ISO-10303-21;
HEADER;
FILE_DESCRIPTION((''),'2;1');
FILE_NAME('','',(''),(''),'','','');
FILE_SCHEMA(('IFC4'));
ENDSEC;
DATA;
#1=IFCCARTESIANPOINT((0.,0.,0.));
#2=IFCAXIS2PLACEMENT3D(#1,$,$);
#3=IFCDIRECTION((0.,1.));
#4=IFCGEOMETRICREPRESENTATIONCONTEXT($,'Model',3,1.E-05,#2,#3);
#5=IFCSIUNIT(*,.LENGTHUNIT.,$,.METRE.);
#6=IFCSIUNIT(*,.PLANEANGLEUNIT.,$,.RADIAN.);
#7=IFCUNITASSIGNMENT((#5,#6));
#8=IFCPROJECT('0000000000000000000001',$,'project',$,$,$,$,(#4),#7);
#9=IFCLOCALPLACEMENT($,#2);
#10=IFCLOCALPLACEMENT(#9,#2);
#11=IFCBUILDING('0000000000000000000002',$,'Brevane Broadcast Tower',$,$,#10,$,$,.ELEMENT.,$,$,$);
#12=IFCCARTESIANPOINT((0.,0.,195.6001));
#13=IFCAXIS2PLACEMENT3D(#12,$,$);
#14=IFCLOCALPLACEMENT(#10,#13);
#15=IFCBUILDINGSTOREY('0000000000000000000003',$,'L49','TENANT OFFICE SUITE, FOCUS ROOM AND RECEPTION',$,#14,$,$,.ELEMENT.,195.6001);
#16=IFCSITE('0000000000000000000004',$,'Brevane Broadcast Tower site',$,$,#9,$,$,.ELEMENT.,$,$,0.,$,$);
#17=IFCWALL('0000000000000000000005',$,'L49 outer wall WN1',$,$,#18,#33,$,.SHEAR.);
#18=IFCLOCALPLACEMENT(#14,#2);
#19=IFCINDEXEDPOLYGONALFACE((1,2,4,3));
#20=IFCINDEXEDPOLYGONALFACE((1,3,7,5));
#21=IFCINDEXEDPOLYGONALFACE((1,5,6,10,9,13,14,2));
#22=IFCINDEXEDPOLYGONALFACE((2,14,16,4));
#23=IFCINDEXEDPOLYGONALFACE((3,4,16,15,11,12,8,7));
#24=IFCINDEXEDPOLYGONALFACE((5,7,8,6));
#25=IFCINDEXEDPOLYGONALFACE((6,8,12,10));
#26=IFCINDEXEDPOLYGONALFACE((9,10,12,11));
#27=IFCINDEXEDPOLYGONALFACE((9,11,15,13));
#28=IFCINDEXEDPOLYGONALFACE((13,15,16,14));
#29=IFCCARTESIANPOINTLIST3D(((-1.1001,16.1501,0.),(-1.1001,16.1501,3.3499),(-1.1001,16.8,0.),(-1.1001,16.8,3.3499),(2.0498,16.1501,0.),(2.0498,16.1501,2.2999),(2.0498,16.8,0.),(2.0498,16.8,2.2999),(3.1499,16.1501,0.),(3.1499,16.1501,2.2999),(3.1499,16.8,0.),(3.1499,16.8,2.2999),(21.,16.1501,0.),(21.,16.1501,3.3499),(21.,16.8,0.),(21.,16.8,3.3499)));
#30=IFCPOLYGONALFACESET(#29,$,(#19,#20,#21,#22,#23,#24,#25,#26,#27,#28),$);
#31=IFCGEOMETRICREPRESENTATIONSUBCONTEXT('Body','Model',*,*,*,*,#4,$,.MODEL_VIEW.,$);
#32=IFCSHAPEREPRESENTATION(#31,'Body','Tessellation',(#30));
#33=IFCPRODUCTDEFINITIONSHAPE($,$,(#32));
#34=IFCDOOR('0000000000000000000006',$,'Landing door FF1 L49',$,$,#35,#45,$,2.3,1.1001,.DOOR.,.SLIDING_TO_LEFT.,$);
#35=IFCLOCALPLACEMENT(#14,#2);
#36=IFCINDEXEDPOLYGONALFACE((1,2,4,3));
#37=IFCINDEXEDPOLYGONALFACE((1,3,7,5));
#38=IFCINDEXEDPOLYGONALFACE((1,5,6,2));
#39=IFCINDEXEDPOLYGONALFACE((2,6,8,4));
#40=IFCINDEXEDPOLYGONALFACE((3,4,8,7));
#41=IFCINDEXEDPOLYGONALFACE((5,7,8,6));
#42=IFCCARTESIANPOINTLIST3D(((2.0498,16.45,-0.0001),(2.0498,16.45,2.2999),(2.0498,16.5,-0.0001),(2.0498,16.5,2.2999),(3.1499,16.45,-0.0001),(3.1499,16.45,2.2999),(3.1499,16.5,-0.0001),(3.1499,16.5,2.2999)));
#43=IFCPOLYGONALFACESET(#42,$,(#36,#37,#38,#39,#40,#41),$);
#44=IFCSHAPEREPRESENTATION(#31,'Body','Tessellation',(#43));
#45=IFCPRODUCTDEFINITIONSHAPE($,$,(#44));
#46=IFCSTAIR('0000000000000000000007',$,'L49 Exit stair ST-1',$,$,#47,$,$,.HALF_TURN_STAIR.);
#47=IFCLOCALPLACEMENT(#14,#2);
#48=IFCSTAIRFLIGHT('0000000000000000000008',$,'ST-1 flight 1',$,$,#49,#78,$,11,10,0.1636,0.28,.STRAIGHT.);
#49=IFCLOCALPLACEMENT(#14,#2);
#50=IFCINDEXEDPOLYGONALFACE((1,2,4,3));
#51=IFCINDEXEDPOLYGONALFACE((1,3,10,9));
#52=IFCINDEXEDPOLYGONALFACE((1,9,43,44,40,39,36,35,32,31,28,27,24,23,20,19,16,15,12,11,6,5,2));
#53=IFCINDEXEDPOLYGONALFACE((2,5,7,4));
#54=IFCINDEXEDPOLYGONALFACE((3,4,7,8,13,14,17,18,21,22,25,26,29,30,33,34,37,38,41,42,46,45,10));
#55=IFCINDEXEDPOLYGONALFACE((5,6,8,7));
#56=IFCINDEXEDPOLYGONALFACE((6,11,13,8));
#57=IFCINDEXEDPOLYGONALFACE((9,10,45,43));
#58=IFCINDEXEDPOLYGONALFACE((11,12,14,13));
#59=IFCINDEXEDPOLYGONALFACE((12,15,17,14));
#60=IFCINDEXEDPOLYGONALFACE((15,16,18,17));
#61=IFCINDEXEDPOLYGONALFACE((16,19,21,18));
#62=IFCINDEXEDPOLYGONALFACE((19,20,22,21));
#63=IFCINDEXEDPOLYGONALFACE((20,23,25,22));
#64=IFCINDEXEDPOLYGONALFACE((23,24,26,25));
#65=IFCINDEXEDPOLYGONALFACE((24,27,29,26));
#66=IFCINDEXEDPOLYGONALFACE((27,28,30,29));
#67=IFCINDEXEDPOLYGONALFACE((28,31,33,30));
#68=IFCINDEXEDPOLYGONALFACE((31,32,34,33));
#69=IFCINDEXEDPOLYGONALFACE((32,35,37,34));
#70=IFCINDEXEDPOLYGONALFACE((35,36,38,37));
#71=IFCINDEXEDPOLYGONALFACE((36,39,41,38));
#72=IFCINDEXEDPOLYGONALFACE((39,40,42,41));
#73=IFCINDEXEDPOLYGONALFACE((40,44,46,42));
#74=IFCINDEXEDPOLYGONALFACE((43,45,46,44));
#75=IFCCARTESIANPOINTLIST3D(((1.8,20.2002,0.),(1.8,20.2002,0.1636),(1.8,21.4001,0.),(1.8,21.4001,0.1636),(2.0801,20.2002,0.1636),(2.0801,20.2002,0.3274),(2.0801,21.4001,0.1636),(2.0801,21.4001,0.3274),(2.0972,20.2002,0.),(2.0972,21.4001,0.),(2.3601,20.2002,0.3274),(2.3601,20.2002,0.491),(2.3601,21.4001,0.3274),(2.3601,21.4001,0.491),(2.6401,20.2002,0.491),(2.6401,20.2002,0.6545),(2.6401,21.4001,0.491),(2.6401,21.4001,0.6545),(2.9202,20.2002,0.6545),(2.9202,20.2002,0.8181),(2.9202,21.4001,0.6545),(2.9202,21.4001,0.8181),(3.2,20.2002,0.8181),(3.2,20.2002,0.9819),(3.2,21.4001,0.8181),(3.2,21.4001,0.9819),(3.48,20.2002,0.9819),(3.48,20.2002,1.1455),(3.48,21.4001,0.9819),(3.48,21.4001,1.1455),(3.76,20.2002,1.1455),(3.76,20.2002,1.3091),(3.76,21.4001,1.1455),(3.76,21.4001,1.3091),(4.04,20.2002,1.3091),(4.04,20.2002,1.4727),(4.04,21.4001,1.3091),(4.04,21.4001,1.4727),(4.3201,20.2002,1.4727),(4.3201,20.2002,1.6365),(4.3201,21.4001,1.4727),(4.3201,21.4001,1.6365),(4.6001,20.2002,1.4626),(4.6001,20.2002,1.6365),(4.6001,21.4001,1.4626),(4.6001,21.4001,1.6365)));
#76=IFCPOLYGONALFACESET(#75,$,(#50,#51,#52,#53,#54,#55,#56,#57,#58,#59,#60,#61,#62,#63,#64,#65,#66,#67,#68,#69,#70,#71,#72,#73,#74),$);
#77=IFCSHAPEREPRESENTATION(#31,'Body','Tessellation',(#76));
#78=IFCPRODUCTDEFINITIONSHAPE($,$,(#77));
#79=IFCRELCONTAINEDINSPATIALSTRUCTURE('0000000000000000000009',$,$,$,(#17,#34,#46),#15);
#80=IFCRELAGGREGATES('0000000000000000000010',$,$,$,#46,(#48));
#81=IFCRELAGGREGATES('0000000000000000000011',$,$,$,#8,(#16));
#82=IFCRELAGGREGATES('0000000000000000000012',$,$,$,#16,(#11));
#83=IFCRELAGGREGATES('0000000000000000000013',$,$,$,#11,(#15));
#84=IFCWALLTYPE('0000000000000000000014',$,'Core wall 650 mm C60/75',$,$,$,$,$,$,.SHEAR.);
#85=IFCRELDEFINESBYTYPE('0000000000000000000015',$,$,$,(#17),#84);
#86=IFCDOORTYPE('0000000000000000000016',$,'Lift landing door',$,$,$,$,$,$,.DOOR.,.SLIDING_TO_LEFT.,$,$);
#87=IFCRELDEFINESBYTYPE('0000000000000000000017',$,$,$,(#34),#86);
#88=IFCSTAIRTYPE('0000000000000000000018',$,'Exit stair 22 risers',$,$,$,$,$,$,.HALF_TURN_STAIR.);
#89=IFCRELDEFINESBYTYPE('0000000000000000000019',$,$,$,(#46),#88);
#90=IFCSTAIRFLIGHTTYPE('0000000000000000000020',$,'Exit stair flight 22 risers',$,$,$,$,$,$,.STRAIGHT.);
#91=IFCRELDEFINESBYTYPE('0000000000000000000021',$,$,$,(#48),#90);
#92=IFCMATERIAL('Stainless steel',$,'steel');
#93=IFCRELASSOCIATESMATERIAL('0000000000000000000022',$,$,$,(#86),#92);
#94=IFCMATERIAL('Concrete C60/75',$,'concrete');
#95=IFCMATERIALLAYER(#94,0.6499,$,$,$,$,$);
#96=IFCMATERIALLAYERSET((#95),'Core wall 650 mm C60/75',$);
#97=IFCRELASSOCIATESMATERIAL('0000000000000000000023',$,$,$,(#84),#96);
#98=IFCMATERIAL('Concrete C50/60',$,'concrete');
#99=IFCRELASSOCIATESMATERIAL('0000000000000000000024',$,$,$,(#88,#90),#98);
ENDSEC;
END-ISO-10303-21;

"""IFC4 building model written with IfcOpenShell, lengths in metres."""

from ifc_helpers import new_model, si_unit, direction, frame, frame_2d, origin, place, context, subcontext, project, spatial, polyline, rectangle, outline, extrude, material, layer, layer_set, type_object, element, fill, aggregate, save


model = new_model("IFC4")

# Units and contexts
model_context = context("Model", 3, precision=1e-05, world=origin(), true_north=direction((0.0, 1.0)))
body_context = subcontext(model_context, "Body", "Model", "MODEL_VIEW")
ifc_project = project(units=[si_unit("LENGTHUNIT", "METRE"), si_unit("PLANEANGLEUNIT", "RADIAN")], contexts=[model_context])

# Site, building, storey
site_placement = place(None, origin())
site = spatial("IfcSite", under=ifc_project, at=site_placement, Name="Brevane Broadcast Tower site", CompositionType="ELEMENT", RefElevation=0.0)
building_placement = place(site_placement, origin())
building = spatial("IfcBuilding", under=site, at=building_placement, Name="Brevane Broadcast Tower", CompositionType="ELEMENT")
storey_placement = place(building_placement, frame((0.0, 0.0, 195.6001)))
storey = spatial("IfcBuildingStorey", under=building, at=storey_placement, Name="L49", Description="TENANT OFFICE SUITE, FOCUS ROOM AND RECEPTION", CompositionType="ELEMENT", Elevation=195.6001)

# Shared definitions
ifc_material_1 = material(Name="Concrete C60/75", Category="concrete")
ifc_material_2 = material(Name="Stainless steel", Category="steel")
door_type_1 = type_object("IfcDoorType", Name="Lift landing door", OperationType="SLIDING_TO_LEFT", PredefinedType="DOOR", material=ifc_material_2)

# Wall, opening, door
ifc_layer_1 = layer(ifc_material_1, 0.6499)
ifc_layer_set_1 = layer_set([ifc_layer_1], Name="Core wall 650 mm C60/75")
wall_type_1 = type_object("IfcWallType", Name="Core wall 650 mm C60/75", PredefinedType="SHEAR", material=ifc_layer_set_1)
wall_1_placement = place(storey_placement, frame((-1.1001, 16.4751, 0.0), z_axis=(0.0, 0.0, 1.0), x_axis=(1.0, 0.0, 0.0)))
wall_1 = element("IfcWall", 1, at=wall_1_placement, inside=storey, type_object=wall_type_1, Name="L49 outer wall WN1", PredefinedType="SHEAR", context=body_context, shape_type="SweptSolid", body=[
    extrude(rectangle(XDim=22.1001, YDim=0.6499, at=frame_2d((11.05, 0.0))), origin(), (0.0, 0.0, 1.0), 3.3499),
])
opening_1_placement = place(wall_1_placement, frame((3.1499, 0.0, 0.0)))
opening_1 = element("IfcOpeningElement", 2, at=opening_1_placement, cuts=wall_1, PredefinedType="OPENING", context=body_context, shape_type="SweptSolid", body=[
    extrude(rectangle(XDim=1.1001, YDim=2.3, at=frame_2d((0.55, 1.1499))), frame((0.0, 0.335, 0.0), z_axis=(0.0, -1.0, 0.0), x_axis=(1.0, 0.0, 0.0)), (0.0, 0.0, 1.0), 0.6699),
])
door_1_placement = place(opening_1_placement, origin())
door_1 = element("IfcDoor", 3, at=door_1_placement, inside=storey, type_object=door_type_1, Name="Landing door FF1 L49", OperationType="SLIDING_TO_LEFT", OverallHeight=2.3, OverallWidth=1.1001, PredefinedType="DOOR", context=body_context, shape_type="SweptSolid", body=[
    extrude(rectangle(XDim=1.1001, YDim=2.3, at=frame_2d((0.55, 1.1499))), frame((0.0, 0.0249, 0.0), z_axis=(0.0, -1.0, 0.0), x_axis=(1.0, 0.0, 0.0)), (0.0, 0.0, 1.0), 0.05),
])
fill(opening_1, door_1)

# Stair, stair flight
ifc_material_3 = material(Name="Concrete C50/60", Category="concrete")
stair_type = type_object("IfcStairType", Name="Exit stair 22 risers", PredefinedType="HALF_TURN_STAIR", material=ifc_material_3)
stair_placement = place(storey_placement, origin())
stair = element("IfcStair", 4, at=stair_placement, inside=storey, type_object=stair_type, Name="L49 Exit stair ST-1", PredefinedType="HALF_TURN_STAIR")
stair_flight_type = type_object("IfcStairFlightType", Name="Exit stair flight 22 risers", PredefinedType="STRAIGHT", material=ifc_material_3)
stair_flight_placement = place(storey_placement, frame((1.8, 20.8, 0.0), z_axis=(0.0, 0.0, 1.0), x_axis=(1.0, 0.0, 0.0)))
stair_flight = element("IfcStairFlight", 5, at=stair_flight_placement, type_object=stair_flight_type, Name="ST-1 flight 1", NumberOfRisers=11, NumberOfTreads=10, PredefinedType="STRAIGHT", RiserHeight=0.1636, TreadLength=0.28, context=body_context, shape_type="SweptSolid", body=[
    extrude(outline(polyline([(0.0, 0.0), (0.0, 0.1636), (0.28, 0.1636), (0.28, 0.3274), (0.5601, 0.3274), (0.5601, 0.491), (0.8401, 0.491), (0.8401, 0.6545), (1.1201, 0.6545), (1.1201, 0.8181), (1.3999, 0.8181), (1.3999, 0.9819), (1.6799, 0.9819), (1.6799, 1.1455), (1.96, 1.1455), (1.96, 1.3091), (2.24, 1.3091), (2.24, 1.4727), (2.52, 1.4727), (2.52, 1.6365), (2.8, 1.6365), (2.8, 1.8), (2.8, 1.4626), (0.2971, 0.0), (0.0, 0.0)])), frame((0.0, 0.6001, 0.0), z_axis=(0.0, -1.0, 0.0), x_axis=(1.0, 0.0, 0.0)), (0.0, 0.0, 1.0), 1.2),
])
aggregate(stair, [stair_flight])

save(model, "model.ifc")
